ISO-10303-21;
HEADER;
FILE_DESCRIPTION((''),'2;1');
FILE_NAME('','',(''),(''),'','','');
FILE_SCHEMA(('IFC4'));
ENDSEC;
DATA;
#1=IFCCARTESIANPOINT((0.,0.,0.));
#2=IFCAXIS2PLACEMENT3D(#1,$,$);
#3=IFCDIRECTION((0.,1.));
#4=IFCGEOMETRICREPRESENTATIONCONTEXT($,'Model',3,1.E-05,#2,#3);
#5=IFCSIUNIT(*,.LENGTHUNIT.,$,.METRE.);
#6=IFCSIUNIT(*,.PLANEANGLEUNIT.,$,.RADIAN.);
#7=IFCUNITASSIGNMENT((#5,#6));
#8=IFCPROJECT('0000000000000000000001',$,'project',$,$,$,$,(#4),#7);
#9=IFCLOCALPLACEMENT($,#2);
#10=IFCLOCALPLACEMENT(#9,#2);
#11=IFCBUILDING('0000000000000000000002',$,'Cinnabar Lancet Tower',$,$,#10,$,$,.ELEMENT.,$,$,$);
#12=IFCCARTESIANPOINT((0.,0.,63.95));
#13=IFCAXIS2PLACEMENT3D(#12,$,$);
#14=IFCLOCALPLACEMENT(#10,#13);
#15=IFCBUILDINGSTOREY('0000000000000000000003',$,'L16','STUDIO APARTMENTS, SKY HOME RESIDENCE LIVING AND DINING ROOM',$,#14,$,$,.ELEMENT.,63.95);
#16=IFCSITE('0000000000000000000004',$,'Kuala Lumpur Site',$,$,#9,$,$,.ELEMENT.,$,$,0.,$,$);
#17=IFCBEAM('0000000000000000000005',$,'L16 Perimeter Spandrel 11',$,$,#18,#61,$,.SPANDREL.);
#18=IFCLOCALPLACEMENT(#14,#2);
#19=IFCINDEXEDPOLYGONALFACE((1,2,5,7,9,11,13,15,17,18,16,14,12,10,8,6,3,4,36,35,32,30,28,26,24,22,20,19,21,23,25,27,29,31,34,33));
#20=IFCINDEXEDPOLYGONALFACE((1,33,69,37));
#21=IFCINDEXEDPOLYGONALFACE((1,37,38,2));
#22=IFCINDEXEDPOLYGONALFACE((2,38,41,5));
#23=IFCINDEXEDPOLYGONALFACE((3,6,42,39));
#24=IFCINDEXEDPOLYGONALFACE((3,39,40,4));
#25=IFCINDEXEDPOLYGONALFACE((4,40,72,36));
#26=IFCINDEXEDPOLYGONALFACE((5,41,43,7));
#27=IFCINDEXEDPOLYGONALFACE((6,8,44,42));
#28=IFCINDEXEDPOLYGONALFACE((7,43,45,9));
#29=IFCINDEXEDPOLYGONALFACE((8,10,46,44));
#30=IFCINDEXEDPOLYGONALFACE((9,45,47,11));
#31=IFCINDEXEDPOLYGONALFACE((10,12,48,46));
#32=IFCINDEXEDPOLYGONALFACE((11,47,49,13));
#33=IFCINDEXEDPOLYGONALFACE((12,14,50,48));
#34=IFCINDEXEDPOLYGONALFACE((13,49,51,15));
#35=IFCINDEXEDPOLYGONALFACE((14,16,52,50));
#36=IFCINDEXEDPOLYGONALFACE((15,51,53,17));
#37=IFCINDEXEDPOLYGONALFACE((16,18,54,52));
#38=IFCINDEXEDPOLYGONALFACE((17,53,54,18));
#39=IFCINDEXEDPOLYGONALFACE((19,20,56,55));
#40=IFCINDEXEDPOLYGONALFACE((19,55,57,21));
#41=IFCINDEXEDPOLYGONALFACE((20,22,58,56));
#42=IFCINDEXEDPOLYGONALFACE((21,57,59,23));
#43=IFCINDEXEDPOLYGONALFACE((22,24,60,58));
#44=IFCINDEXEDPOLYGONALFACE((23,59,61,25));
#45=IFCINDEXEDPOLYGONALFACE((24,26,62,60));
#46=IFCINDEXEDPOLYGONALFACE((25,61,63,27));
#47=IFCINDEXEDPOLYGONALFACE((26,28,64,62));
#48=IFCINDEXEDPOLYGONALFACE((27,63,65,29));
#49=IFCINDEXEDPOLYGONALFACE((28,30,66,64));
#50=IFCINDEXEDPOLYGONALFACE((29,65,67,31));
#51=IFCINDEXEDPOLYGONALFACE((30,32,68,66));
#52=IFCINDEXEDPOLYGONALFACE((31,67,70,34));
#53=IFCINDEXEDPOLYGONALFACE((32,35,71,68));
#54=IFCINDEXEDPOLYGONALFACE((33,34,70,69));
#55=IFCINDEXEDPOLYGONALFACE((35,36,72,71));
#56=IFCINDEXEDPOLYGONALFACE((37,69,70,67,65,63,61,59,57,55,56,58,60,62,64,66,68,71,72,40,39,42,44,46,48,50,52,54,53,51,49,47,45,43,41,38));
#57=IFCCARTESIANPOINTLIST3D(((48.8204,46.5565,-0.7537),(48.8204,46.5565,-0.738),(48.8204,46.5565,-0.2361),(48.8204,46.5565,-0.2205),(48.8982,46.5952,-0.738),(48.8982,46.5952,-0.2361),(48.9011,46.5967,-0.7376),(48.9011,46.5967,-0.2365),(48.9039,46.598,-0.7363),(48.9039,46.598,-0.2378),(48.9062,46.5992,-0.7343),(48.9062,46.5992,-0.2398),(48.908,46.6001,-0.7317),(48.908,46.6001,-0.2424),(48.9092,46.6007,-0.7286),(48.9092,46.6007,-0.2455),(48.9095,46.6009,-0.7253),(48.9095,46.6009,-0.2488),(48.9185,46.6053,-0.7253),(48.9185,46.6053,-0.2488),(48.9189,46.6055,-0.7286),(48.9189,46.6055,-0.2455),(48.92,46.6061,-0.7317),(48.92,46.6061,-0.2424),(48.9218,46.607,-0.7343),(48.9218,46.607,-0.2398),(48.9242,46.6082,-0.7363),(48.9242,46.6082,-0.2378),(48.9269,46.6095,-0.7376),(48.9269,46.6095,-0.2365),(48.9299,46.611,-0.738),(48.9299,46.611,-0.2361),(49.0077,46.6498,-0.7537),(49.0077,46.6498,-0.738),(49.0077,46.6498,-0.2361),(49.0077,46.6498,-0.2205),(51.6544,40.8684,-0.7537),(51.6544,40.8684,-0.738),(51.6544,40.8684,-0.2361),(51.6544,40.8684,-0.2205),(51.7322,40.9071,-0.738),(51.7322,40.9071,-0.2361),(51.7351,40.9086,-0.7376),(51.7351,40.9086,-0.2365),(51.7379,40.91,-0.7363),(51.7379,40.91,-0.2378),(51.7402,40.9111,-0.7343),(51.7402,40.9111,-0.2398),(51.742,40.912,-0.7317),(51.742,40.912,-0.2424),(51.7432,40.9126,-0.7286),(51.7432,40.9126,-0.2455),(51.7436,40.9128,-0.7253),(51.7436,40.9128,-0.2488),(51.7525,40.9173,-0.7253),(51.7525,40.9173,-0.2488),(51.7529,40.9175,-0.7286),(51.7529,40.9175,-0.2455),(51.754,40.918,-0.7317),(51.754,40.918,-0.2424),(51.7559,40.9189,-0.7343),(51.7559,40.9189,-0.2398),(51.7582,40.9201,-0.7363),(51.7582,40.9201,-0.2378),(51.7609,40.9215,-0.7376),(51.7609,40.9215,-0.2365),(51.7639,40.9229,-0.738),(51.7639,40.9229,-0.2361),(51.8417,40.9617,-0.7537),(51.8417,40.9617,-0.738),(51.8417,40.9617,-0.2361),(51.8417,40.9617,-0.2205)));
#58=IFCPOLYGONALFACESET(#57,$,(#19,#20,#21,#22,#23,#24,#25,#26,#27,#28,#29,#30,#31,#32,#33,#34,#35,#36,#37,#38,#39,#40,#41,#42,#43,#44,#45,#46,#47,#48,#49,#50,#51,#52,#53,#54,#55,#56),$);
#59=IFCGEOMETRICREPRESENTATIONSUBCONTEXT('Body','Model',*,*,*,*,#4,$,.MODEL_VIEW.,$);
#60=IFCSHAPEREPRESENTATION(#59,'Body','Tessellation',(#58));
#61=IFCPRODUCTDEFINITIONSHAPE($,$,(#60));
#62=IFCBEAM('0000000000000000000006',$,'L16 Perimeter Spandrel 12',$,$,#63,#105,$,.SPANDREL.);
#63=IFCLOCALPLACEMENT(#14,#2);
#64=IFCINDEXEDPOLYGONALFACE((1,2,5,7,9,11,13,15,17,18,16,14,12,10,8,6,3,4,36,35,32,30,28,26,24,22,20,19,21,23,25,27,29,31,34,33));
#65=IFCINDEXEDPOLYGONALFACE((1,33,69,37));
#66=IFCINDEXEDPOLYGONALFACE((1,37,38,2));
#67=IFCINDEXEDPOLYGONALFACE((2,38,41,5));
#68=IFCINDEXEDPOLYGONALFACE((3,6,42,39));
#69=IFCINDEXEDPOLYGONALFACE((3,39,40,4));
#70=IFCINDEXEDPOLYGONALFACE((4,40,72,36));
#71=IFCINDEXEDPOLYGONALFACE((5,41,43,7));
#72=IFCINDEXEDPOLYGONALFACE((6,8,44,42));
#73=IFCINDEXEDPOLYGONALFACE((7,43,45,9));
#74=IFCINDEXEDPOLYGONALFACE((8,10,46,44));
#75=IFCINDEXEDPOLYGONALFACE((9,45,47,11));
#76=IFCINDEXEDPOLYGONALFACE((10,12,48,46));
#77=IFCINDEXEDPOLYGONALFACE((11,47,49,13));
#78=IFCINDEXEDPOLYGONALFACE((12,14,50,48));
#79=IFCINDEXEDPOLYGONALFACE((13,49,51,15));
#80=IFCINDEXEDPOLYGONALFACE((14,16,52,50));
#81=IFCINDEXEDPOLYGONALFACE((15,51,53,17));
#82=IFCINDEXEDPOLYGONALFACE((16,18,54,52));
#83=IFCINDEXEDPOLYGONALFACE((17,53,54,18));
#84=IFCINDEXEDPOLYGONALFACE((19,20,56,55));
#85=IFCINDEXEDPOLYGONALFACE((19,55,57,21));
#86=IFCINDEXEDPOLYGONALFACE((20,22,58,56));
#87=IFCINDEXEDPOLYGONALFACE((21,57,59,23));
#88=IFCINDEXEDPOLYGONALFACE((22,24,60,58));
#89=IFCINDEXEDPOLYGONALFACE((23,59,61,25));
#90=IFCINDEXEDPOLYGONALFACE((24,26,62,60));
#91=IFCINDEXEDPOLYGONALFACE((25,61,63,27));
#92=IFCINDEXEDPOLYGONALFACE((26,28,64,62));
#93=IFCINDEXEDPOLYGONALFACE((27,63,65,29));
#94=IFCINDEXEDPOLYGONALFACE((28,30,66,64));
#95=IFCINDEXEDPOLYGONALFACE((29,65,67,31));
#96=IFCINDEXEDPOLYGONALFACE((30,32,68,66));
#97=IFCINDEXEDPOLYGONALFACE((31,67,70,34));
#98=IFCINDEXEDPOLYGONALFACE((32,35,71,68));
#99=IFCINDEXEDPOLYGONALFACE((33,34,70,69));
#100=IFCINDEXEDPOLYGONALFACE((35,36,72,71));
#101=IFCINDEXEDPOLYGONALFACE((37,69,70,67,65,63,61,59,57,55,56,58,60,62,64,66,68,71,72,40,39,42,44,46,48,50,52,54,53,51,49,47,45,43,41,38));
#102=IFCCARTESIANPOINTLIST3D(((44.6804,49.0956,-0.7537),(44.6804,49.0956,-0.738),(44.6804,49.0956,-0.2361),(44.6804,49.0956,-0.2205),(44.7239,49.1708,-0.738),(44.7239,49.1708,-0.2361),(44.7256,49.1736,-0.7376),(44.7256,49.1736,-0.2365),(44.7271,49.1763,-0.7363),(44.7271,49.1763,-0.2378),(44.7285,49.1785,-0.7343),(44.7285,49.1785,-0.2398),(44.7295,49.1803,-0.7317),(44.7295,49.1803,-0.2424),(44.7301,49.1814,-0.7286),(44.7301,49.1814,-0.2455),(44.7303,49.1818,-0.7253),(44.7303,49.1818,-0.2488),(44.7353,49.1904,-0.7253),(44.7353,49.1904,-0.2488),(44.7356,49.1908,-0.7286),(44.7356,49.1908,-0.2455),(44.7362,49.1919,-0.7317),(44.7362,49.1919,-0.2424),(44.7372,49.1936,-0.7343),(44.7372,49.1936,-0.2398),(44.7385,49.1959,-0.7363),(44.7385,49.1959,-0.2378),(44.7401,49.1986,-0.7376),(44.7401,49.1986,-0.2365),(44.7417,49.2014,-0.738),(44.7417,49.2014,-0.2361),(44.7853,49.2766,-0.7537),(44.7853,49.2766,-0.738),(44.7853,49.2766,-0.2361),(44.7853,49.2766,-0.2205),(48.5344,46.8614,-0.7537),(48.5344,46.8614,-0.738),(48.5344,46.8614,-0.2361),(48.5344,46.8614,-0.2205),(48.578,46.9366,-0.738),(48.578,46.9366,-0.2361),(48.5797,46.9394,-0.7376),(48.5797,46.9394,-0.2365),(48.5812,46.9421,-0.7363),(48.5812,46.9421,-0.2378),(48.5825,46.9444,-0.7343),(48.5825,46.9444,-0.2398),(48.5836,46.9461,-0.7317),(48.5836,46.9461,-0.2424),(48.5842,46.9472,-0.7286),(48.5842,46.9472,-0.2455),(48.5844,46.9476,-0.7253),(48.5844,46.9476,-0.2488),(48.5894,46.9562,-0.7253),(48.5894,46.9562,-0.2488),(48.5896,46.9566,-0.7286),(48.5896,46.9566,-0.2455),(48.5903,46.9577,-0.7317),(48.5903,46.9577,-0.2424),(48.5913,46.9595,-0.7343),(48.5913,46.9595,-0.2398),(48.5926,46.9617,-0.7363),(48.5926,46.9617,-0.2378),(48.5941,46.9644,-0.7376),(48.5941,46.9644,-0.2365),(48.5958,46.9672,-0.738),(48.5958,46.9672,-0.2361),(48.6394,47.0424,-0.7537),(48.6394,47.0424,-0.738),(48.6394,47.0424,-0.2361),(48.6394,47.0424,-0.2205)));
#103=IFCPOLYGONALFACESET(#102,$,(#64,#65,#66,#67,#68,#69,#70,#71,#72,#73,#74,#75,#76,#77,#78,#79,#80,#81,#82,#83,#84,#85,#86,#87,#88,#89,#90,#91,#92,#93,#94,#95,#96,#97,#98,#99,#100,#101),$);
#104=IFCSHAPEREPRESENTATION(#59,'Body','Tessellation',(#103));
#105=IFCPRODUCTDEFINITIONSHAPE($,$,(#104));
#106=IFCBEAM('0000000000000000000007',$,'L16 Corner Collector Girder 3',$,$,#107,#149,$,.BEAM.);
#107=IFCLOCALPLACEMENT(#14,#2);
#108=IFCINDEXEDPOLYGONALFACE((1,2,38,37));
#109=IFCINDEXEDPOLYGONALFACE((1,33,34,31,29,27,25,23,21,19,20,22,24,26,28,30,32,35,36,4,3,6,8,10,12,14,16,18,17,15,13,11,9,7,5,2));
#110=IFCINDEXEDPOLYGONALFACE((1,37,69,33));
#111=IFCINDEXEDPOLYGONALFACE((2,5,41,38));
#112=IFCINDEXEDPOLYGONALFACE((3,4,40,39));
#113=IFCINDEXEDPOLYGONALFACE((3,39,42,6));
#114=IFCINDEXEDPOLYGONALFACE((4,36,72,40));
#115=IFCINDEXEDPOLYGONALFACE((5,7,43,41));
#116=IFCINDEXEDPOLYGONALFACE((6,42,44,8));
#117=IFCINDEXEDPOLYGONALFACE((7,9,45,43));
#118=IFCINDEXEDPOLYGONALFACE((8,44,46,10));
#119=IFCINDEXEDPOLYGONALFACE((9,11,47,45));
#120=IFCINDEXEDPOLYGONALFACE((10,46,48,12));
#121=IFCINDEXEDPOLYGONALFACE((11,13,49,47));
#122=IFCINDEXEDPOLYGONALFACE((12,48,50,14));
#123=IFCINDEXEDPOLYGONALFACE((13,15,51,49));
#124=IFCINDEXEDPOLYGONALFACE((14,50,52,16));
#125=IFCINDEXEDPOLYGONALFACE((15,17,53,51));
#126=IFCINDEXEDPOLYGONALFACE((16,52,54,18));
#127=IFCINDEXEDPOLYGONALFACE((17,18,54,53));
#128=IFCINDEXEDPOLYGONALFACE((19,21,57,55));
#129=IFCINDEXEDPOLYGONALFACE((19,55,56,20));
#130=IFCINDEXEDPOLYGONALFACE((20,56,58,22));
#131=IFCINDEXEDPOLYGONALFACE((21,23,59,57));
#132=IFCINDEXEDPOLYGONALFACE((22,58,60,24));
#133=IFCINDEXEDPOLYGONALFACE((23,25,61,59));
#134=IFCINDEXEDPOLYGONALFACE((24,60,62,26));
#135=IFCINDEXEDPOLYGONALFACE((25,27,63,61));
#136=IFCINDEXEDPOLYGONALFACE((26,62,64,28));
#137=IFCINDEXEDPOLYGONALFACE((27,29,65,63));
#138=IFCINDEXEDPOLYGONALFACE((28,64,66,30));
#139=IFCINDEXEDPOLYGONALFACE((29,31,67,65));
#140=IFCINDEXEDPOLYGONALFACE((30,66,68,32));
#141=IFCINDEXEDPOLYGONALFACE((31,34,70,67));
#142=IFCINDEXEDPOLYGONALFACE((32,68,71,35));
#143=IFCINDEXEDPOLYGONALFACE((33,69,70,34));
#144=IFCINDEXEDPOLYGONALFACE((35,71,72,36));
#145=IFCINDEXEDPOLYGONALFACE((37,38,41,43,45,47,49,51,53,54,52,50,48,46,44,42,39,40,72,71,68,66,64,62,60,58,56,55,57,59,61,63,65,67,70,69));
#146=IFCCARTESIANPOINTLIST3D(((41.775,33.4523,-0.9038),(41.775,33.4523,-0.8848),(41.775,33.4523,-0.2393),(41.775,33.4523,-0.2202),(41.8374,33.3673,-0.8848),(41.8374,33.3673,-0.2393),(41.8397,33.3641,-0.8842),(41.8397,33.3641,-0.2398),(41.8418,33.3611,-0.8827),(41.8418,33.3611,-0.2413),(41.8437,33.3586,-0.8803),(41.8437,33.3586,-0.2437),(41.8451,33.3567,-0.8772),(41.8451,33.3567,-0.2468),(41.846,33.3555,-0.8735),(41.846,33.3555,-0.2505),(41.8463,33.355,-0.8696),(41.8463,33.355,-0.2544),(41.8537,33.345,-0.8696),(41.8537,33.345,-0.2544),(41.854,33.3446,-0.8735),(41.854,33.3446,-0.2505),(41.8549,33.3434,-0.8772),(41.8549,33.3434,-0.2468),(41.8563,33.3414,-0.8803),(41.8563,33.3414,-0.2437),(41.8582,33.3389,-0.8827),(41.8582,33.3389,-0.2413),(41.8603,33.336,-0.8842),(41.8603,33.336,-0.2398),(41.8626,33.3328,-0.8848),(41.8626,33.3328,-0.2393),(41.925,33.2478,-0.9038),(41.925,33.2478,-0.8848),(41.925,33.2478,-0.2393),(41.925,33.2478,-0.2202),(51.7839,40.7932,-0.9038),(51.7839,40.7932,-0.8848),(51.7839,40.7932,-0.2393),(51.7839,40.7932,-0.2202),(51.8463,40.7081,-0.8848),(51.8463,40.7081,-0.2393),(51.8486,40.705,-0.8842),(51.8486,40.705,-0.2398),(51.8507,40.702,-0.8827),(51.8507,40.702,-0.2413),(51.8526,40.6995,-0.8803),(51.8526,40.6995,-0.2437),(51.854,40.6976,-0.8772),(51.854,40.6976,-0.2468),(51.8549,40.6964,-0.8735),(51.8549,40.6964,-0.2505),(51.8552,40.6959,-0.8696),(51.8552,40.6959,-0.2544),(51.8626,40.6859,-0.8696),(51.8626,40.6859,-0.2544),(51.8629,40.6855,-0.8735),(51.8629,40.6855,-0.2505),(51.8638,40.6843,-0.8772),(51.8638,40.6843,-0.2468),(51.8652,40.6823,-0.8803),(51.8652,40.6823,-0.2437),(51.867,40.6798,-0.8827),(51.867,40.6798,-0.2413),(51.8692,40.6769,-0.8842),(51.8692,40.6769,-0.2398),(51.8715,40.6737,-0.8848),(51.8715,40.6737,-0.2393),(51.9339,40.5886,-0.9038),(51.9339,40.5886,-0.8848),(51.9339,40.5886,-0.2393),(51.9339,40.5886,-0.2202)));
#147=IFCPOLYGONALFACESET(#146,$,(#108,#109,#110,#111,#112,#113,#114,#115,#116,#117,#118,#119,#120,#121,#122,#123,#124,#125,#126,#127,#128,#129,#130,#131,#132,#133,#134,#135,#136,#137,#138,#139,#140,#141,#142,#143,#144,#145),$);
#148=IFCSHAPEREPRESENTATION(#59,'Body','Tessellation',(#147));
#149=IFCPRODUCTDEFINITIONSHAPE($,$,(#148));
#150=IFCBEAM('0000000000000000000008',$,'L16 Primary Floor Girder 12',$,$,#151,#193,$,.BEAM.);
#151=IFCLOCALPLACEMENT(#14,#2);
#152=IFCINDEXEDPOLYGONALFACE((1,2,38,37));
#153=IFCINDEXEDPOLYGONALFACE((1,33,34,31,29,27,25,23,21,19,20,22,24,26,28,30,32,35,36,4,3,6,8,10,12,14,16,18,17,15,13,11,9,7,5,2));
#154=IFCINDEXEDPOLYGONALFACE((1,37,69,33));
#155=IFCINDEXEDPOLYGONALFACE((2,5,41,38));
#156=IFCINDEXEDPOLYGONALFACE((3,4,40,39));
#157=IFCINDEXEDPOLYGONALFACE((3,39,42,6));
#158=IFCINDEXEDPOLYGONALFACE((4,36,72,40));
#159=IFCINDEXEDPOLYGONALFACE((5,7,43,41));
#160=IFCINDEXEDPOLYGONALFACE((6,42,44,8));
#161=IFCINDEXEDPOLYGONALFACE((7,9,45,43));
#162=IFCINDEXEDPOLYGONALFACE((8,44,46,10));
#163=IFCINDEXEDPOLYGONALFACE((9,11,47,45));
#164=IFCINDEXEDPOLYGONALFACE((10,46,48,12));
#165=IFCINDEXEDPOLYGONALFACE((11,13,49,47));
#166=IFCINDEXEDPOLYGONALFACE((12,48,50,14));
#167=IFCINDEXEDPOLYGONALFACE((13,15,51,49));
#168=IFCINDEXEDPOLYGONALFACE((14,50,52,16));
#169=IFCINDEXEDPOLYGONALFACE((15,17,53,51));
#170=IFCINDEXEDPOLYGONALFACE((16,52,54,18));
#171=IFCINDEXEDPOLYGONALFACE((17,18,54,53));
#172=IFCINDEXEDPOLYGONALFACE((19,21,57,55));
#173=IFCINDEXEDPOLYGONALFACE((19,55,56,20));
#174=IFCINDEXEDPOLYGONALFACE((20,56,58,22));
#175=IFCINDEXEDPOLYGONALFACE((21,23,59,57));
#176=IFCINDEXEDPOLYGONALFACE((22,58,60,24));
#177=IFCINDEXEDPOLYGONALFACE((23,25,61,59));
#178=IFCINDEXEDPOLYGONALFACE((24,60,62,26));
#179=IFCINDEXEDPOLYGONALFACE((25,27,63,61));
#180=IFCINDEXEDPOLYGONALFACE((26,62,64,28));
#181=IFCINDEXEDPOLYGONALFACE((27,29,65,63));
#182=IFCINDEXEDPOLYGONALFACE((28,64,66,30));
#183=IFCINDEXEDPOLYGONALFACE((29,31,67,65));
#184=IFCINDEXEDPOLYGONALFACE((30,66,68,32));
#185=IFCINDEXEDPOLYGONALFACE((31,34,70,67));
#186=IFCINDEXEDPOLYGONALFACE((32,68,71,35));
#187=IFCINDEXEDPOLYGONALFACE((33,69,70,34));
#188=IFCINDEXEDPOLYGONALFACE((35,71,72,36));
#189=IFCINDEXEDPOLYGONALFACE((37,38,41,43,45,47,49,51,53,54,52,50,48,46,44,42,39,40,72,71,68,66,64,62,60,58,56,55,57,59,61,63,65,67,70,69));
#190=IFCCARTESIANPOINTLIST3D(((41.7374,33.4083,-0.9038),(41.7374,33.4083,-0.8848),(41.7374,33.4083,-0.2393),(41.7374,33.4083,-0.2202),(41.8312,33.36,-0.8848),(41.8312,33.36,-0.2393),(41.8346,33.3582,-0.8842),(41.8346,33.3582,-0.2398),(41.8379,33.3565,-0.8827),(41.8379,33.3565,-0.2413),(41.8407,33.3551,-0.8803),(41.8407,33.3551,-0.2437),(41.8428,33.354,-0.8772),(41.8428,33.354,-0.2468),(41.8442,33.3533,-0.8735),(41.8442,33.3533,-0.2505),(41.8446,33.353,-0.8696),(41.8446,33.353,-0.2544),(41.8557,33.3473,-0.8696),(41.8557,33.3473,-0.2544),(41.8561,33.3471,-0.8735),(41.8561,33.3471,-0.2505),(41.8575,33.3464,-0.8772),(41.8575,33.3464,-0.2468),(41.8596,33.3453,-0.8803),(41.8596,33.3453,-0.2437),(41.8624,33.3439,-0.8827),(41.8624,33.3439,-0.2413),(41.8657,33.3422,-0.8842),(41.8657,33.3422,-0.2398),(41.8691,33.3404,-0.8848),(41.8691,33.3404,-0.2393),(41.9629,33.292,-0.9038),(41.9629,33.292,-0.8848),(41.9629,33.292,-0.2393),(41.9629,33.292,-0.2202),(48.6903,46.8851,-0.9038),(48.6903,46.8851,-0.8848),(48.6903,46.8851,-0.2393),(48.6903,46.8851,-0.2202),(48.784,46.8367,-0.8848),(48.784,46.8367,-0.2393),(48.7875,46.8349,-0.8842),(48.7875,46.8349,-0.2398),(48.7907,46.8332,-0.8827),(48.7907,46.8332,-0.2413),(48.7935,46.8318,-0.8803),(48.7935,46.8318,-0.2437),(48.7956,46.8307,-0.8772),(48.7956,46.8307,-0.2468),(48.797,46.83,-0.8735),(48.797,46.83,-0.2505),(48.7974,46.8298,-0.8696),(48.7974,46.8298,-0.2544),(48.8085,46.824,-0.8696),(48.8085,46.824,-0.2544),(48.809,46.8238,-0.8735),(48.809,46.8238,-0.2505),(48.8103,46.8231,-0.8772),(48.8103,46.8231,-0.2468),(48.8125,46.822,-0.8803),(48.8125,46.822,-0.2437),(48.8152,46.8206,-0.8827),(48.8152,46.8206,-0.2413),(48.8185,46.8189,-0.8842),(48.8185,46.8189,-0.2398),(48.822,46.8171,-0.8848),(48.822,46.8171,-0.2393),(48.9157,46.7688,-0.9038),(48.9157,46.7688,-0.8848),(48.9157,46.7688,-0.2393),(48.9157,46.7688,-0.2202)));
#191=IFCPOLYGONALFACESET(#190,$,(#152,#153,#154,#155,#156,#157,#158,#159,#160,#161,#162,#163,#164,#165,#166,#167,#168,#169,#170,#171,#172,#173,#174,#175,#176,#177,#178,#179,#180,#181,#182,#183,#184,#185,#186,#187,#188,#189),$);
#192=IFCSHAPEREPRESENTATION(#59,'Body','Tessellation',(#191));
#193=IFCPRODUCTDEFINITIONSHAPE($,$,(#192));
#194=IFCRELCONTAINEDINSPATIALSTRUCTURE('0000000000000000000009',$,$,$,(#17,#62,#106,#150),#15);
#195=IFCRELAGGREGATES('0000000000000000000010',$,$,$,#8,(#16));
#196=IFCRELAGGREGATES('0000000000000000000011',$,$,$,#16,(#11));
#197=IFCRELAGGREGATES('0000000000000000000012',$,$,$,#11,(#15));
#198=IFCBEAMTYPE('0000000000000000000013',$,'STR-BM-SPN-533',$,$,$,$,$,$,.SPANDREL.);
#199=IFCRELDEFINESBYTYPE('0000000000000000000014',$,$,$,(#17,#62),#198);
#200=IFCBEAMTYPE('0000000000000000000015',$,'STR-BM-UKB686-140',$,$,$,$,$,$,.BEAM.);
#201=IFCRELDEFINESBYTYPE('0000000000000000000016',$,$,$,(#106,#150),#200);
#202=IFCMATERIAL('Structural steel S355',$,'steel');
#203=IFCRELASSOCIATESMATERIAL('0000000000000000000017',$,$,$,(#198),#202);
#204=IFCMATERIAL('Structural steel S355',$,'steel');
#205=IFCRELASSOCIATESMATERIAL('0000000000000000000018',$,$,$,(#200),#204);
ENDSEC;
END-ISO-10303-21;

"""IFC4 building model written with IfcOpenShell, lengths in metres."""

from ifc_helpers import new_model, si_unit, direction, frame, origin, origin_2d, place, context, subcontext, project, spatial, i_section, extrude, material, material_profile, profile_set, type_object, element, save


model = new_model("IFC4")

# Units and contexts
model_context = context("Model", 3, precision=1e-05, world=origin(), true_north=direction((0.0, 1.0)))
body_context = subcontext(model_context, "Body", "Model", "MODEL_VIEW")
ifc_project = project(units=[si_unit("LENGTHUNIT", "METRE"), si_unit("PLANEANGLEUNIT", "RADIAN")], contexts=[model_context])

# Site, building, storey
site_placement = place(None, origin())
site = spatial("IfcSite", under=ifc_project, at=site_placement, Name="Kuala Lumpur Site", CompositionType="ELEMENT", RefElevation=0.0)
building_placement = place(site_placement, origin())
building = spatial("IfcBuilding", under=site, at=building_placement, Name="Cinnabar Lancet Tower", CompositionType="ELEMENT")
storey_placement = place(building_placement, frame((0.0, 0.0, 63.95)))
storey = spatial("IfcBuildingStorey", under=building, at=storey_placement, Name="L16", Description="STUDIO APARTMENTS, SKY HOME RESIDENCE LIVING AND DINING ROOM", CompositionType="ELEMENT", Elevation=63.95)

# Beams
ifc_material_1 = material(Name="Structural steel S355", Category="steel")
ifc_material_profile_1 = material_profile(ifc_material_1, i_section(OverallWidth=0.2092, OverallDepth=0.5332, WebThickness=0.01, FlangeThickness=0.0156, FilletRadius=0.0127, at=origin_2d()), Name="UKB 533x210x92")
ifc_profile_set_1 = profile_set([ifc_material_profile_1], Name="Structural steel S355")
beam_type_1 = type_object("IfcBeamType", Name="STR-BM-SPN-533", PredefinedType="SPANDREL", material=ifc_profile_set_1)
beam_1_placement = place(storey_placement, frame((51.748, 40.915, -0.4871), z_axis=(-0.445953, 0.895056, 0.0), x_axis=(-0.895056, -0.445953, 0.0)))
element("IfcBeam", 1, at=beam_1_placement, inside=storey, type_object=beam_type_1, Name="L16 Perimeter Spandrel 11", PredefinedType="SPANDREL", context=body_context, shape_type="SweptSolid", body=[
    extrude(i_section(OverallWidth=0.2092, OverallDepth=0.5332, WebThickness=0.01, FlangeThickness=0.0156, FilletRadius=0.0127, at=origin_2d()), origin(), (0.0, 0.0, 1.0), 6.355),
])
beam_2_placement = place(storey_placement, frame((48.5869, 46.9519, -0.4871), z_axis=(-0.865147, 0.501518, 0.0), x_axis=(-0.501518, -0.865147, 0.0)))
element("IfcBeam", 2, at=beam_2_placement, inside=storey, type_object=beam_type_1, Name="L16 Perimeter Spandrel 12", PredefinedType="SPANDREL", context=body_context, shape_type="SweptSolid", body=[
    extrude(i_section(OverallWidth=0.2092, OverallDepth=0.5332, WebThickness=0.01, FlangeThickness=0.0156, FilletRadius=0.0127, at=origin_2d()), origin(), (0.0, 0.0, 1.0), 4.4548),
])
ifc_material_2 = material(Name="Structural steel S355", Category="steel")
ifc_material_profile_2 = material_profile(ifc_material_2, i_section(OverallWidth=0.2537, OverallDepth=0.6836, WebThickness=0.0125, FlangeThickness=0.019, FilletRadius=0.0151, at=origin_2d()), Name="UKB 686x254x140")
ifc_profile_set_2 = profile_set([ifc_material_profile_2], Name="Structural steel S355")
beam_type_2 = type_object("IfcBeamType", Name="STR-BM-UKB686-140", PredefinedType="BEAM", material=ifc_profile_set_2)
beam_3_placement = place(storey_placement, frame((51.8589, 40.6909, -0.562), z_axis=(-0.806365, -0.591418, 0.0), x_axis=(0.591418, -0.806365, 0.0)))
element("IfcBeam", 3, at=beam_3_placement, inside=storey, type_object=beam_type_2, Name="L16 Corner Collector Girder 3", PredefinedType="BEAM", context=body_context, shape_type="SweptSolid", body=[
    extrude(i_section(OverallWidth=0.2537, OverallDepth=0.6836, WebThickness=0.0125, FlangeThickness=0.019, FilletRadius=0.0151, at=origin_2d()), origin(), (0.0, 0.0, 1.0), 12.4124),
])
beam_4_placement = place(storey_placement, frame((48.803, 46.8269, -0.562), z_axis=(-0.458492, -0.888698, 0.0), x_axis=(0.888698, -0.458492, 0.0)))
element("IfcBeam", 4, at=beam_4_placement, inside=storey, type_object=beam_type_2, Name="L16 Primary Floor Girder 12", PredefinedType="BEAM", context=body_context, shape_type="SweptSolid", body=[
    extrude(i_section(OverallWidth=0.2537, OverallDepth=0.6836, WebThickness=0.0125, FlangeThickness=0.019, FilletRadius=0.0151, at=origin_2d()), origin(), (0.0, 0.0, 1.0), 15.1646),
])

save(model, "model.ifc")
